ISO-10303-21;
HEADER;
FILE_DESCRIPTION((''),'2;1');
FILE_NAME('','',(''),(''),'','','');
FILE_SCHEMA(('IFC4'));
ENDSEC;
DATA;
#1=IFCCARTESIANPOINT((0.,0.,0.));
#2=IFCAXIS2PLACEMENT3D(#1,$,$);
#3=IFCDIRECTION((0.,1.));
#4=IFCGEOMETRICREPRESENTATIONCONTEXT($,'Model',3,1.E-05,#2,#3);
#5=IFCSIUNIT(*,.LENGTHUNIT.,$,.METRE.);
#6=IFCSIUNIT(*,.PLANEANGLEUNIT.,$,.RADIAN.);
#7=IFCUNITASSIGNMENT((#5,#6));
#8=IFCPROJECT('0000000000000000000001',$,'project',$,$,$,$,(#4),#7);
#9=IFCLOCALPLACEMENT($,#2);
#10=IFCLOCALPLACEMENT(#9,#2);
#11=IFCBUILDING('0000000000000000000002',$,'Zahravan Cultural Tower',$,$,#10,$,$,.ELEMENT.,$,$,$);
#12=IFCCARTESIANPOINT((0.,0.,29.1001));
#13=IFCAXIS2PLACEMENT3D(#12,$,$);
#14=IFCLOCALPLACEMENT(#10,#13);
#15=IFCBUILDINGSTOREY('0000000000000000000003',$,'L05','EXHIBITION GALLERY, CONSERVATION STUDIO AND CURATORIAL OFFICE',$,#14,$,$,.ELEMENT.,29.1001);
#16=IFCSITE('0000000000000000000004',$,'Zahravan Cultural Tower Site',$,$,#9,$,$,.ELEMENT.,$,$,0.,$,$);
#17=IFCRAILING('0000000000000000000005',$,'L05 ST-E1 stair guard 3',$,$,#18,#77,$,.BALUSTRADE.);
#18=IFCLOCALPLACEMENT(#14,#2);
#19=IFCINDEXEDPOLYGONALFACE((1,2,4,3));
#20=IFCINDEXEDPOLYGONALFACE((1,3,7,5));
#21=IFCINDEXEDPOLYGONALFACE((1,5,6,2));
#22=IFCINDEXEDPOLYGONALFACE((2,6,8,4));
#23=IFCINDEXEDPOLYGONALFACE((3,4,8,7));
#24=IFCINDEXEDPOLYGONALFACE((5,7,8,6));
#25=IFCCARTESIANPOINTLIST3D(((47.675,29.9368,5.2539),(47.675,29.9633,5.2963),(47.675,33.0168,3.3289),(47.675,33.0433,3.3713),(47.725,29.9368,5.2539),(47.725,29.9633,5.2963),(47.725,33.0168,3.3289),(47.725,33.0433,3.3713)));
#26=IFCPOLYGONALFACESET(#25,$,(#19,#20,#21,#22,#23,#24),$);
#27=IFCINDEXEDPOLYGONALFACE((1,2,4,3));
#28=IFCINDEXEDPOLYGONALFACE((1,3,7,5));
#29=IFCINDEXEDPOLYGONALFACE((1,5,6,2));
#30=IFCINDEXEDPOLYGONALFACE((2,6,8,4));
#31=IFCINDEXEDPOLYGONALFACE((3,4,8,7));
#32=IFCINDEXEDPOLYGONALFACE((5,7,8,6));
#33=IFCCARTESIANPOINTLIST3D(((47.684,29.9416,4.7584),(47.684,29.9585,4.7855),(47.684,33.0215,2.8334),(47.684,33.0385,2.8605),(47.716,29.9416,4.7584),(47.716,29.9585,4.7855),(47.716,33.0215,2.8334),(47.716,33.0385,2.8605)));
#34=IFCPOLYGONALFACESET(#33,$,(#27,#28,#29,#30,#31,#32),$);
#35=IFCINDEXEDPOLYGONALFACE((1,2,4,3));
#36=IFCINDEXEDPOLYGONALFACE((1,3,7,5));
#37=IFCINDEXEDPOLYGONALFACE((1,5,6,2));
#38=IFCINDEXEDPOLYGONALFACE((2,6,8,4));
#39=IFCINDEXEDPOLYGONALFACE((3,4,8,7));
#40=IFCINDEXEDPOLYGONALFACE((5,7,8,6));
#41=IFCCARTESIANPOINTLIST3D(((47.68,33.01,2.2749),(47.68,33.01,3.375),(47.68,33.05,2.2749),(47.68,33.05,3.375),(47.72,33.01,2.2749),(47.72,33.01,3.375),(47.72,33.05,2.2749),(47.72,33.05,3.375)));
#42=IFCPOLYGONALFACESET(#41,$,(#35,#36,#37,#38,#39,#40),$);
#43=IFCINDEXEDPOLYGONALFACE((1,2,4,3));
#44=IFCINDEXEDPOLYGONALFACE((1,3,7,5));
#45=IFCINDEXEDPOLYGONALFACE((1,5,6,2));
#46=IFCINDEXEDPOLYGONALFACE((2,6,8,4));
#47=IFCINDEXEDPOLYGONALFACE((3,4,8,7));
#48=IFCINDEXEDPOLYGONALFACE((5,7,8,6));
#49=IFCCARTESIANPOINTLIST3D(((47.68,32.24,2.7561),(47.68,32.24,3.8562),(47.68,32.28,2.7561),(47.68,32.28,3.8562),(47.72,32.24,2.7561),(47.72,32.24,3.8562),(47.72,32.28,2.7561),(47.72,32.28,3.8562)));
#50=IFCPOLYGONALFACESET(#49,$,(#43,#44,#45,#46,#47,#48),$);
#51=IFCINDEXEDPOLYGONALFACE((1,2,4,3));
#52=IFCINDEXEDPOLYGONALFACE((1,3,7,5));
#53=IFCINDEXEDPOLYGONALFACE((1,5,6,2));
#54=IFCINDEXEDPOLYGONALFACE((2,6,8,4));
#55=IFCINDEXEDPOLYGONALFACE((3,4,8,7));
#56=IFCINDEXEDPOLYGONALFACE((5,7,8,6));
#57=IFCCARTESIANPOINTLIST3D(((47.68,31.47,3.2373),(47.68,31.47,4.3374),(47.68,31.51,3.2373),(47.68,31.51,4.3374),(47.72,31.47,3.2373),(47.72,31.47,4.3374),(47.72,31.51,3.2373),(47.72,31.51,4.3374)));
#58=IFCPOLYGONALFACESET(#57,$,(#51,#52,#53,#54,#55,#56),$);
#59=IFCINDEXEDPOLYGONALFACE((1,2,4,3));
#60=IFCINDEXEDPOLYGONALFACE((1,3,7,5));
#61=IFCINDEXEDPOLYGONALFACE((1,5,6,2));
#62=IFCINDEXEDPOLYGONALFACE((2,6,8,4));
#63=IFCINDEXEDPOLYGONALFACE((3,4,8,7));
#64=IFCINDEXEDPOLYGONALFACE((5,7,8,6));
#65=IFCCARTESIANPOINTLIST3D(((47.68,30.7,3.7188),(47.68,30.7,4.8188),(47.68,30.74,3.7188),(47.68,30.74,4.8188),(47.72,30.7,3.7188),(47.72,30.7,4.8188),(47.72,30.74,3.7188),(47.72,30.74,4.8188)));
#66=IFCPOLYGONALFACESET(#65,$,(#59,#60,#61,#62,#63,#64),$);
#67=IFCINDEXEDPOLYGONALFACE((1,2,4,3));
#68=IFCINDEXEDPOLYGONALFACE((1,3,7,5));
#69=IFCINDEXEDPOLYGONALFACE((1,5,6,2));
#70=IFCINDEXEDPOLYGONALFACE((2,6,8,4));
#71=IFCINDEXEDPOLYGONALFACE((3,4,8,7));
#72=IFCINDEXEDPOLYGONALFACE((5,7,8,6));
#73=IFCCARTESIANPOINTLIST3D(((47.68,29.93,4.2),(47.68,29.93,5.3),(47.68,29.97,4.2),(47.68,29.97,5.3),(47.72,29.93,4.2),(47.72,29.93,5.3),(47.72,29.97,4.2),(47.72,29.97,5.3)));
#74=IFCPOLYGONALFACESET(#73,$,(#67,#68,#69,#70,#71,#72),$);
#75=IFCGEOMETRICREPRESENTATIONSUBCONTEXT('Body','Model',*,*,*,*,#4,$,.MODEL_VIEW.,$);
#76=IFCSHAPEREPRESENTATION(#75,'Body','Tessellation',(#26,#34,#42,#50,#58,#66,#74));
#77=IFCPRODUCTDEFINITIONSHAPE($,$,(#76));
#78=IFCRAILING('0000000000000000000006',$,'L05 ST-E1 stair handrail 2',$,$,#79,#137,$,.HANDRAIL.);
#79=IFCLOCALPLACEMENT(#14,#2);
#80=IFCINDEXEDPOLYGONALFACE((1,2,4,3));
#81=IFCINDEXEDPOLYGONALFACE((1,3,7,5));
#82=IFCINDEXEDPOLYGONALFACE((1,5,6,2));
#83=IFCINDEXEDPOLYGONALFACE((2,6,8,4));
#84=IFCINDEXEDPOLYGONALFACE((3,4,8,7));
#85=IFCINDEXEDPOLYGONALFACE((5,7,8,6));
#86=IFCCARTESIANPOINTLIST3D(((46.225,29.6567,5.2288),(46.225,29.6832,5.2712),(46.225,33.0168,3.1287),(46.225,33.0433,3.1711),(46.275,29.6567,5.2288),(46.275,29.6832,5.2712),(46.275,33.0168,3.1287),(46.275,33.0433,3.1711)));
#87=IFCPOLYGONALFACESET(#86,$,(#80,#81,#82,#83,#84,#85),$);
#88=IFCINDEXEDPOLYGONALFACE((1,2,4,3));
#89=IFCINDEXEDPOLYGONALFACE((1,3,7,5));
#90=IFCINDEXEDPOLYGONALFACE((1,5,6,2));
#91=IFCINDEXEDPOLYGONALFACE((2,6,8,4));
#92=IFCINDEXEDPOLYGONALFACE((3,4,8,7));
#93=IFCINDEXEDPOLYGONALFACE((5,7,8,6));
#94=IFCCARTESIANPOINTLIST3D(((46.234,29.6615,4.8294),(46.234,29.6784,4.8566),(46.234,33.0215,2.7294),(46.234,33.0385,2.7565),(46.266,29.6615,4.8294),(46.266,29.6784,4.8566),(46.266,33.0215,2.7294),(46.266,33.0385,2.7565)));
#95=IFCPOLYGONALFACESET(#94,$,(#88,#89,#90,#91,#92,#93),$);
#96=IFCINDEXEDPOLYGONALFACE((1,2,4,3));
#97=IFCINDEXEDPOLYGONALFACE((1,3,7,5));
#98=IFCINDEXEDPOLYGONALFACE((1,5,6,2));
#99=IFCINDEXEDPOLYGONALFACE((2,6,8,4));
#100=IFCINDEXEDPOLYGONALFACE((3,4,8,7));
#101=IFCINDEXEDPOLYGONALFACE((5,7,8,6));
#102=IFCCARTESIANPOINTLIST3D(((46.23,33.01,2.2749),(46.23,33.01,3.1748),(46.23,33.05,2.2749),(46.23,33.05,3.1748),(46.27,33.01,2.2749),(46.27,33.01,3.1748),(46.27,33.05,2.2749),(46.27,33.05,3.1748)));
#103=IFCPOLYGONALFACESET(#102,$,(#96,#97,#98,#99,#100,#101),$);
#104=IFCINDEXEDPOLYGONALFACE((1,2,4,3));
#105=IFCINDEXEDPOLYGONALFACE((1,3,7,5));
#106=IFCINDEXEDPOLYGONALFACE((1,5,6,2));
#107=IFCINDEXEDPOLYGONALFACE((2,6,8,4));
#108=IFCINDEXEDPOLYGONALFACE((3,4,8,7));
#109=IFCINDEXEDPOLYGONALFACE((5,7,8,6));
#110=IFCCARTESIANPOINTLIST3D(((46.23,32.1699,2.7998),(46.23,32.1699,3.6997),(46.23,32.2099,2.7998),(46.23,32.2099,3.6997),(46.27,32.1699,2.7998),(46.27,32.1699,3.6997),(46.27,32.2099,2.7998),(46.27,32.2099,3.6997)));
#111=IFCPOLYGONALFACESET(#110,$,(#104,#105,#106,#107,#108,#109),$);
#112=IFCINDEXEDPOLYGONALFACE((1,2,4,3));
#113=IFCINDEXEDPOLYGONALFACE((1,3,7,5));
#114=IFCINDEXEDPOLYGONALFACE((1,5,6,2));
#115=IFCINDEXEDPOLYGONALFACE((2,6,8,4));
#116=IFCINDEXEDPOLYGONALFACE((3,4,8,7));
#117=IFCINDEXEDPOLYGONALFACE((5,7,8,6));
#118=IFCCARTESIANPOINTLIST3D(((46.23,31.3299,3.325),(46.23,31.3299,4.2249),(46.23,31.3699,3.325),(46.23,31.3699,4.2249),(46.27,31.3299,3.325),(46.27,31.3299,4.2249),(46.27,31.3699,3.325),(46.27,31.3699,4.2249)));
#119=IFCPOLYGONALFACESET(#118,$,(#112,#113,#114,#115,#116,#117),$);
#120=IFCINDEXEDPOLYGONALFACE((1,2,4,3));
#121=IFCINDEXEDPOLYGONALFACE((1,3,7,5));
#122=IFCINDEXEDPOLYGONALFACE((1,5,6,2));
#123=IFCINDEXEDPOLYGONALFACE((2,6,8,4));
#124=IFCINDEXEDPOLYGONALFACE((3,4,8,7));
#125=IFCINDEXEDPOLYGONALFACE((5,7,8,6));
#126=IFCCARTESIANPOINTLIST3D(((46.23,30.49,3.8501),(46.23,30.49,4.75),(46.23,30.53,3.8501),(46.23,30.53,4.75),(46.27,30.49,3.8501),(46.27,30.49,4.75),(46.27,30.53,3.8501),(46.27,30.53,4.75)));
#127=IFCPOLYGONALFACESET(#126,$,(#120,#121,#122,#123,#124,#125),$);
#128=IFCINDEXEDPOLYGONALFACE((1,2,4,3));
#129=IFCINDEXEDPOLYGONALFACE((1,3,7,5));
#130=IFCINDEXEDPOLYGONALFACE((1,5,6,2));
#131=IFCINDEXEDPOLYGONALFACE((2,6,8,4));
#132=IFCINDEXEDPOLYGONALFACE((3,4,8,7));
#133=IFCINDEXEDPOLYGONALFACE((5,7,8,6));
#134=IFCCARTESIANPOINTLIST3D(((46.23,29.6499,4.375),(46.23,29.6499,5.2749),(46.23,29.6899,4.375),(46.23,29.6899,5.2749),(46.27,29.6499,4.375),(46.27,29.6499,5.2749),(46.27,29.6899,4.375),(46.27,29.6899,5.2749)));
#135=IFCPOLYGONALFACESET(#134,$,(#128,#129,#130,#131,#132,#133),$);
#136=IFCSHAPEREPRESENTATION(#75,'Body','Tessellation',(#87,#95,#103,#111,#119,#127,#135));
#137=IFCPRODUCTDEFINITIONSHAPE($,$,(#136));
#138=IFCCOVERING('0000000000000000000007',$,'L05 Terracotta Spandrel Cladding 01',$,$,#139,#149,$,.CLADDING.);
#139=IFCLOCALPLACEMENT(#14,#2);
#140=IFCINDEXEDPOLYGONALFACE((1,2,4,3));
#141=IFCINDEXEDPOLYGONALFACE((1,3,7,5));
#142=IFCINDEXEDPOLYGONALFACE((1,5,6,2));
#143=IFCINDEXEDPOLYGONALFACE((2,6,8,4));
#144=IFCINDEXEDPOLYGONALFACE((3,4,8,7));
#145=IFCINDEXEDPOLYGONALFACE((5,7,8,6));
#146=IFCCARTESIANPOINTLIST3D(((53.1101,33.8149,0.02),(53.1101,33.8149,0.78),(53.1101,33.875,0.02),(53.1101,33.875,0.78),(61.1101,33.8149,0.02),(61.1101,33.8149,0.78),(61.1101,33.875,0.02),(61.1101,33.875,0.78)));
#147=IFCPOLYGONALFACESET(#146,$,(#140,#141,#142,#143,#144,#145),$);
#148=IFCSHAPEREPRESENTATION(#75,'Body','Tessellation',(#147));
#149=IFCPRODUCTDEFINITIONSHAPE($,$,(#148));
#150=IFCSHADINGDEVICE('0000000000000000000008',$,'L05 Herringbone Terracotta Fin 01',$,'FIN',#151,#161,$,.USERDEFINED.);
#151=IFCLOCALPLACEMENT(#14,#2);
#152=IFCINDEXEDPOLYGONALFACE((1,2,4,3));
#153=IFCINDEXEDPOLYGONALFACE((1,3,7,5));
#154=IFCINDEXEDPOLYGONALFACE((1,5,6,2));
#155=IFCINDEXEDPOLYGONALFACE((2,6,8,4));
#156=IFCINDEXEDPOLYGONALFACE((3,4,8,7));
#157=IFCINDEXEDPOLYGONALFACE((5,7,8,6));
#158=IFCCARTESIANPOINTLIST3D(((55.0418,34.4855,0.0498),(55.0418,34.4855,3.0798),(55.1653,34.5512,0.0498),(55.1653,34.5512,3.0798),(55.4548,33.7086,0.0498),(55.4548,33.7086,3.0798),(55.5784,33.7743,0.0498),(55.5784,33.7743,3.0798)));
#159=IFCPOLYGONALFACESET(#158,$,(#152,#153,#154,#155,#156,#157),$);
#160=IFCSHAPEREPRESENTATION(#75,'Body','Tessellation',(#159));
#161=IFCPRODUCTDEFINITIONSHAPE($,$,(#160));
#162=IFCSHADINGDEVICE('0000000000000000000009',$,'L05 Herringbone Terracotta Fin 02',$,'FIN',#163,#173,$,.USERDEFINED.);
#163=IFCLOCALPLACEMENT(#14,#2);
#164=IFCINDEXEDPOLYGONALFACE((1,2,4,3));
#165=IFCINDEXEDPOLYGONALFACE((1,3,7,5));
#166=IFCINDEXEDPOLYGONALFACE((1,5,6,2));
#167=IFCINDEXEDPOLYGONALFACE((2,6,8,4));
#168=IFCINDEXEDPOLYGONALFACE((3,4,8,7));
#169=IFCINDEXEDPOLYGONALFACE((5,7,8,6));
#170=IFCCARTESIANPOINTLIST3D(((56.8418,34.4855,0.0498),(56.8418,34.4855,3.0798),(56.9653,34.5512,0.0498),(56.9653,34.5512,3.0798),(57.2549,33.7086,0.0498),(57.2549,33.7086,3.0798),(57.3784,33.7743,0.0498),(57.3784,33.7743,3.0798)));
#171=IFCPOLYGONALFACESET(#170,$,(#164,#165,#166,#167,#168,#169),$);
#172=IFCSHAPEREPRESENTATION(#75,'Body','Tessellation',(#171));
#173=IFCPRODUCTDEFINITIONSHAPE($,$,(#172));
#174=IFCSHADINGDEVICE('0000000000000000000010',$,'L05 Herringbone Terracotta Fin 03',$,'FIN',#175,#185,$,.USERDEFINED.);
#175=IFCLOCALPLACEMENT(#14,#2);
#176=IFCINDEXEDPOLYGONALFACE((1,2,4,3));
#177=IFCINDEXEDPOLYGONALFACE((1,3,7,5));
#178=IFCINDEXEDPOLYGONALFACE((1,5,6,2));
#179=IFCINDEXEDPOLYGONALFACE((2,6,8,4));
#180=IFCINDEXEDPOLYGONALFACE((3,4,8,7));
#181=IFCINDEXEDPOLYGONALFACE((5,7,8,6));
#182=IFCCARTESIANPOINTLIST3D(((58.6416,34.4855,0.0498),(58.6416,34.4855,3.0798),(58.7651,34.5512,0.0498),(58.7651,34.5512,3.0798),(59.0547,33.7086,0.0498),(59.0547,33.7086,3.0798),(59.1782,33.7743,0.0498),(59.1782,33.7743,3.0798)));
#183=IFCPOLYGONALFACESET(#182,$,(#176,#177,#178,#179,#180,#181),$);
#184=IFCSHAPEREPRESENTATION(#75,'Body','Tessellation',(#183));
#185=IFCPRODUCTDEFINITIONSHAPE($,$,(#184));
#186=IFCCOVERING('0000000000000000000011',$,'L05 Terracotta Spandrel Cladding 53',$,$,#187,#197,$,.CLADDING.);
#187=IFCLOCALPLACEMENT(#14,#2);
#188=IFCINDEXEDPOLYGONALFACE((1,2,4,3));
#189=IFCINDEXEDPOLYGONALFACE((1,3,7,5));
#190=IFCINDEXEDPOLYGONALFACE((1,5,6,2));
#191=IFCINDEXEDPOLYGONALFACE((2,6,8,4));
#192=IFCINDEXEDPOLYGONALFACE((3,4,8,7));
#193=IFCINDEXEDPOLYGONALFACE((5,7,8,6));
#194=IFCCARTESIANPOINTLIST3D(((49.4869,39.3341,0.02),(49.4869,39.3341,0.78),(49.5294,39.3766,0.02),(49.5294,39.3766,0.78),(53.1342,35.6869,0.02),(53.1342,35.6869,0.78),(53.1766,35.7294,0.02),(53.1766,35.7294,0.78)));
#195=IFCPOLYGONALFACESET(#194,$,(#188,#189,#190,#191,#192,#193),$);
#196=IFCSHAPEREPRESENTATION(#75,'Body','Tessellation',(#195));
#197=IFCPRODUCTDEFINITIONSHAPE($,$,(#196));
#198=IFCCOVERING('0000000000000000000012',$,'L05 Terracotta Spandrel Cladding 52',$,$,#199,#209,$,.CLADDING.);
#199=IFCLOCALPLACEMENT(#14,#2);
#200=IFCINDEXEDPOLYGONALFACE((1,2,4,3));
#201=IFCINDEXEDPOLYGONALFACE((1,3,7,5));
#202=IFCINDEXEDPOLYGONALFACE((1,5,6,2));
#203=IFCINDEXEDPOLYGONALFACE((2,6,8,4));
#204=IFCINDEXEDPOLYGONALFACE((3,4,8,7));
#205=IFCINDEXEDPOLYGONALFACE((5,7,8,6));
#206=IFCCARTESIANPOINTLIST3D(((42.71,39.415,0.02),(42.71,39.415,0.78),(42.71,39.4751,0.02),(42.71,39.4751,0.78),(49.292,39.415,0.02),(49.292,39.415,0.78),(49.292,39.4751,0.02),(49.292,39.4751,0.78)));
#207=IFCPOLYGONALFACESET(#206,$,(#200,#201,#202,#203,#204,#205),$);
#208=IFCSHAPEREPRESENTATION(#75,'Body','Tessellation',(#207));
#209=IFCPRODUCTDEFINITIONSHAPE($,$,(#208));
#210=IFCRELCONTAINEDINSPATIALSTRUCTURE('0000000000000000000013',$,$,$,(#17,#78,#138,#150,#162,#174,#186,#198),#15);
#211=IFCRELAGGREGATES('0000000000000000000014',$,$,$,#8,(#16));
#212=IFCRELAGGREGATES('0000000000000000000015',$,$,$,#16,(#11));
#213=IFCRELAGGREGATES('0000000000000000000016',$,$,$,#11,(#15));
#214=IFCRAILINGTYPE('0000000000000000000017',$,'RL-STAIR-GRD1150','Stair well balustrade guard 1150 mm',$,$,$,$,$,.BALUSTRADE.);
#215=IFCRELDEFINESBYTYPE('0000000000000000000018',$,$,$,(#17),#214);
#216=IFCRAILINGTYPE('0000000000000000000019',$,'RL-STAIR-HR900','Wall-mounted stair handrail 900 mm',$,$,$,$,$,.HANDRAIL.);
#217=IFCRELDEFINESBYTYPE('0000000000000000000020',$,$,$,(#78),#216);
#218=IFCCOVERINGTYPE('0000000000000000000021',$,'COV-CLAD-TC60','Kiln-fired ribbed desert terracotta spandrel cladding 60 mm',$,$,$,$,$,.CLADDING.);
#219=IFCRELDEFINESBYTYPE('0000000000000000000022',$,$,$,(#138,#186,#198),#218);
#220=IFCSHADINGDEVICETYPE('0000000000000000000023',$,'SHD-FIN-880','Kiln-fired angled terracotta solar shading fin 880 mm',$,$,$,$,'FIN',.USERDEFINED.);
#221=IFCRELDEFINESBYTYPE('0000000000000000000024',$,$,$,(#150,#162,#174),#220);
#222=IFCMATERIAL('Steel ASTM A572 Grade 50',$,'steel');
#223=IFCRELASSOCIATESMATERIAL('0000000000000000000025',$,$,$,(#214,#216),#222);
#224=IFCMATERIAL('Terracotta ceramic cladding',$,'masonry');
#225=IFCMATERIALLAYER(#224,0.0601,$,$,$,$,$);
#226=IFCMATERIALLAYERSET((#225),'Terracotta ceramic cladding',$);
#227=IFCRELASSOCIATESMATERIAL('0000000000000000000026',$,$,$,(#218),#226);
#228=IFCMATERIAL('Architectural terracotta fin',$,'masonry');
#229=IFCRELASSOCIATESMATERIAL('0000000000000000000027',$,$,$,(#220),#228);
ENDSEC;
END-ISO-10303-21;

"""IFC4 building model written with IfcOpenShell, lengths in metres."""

from ifc_helpers import new_model, si_unit, direction, frame, origin, origin_2d, place, context, subcontext, project, spatial, rectangle, extrude, source, transform, mapped, material, layer, layer_set, type_object, element, save


model = new_model("IFC4")

# Units and contexts
model_context = context("Model", 3, precision=1e-05, world=origin(), true_north=direction((0.0, 1.0)))
body_context = subcontext(model_context, "Body", "Model", "MODEL_VIEW")
ifc_project = project(units=[si_unit("LENGTHUNIT", "METRE"), si_unit("PLANEANGLEUNIT", "RADIAN")], contexts=[model_context])

# Site, building, storey
site_placement = place(None, origin())
site = spatial("IfcSite", under=ifc_project, at=site_placement, Name="Zahravan Cultural Tower Site", CompositionType="ELEMENT", RefElevation=0.0)
building_placement = place(site_placement, origin())
building = spatial("IfcBuilding", under=site, at=building_placement, Name="Zahravan Cultural Tower", CompositionType="ELEMENT")
storey_placement = place(building_placement, frame((0.0, 0.0, 29.1001)))
storey = spatial("IfcBuildingStorey", under=building, at=storey_placement, Name="L05", Description="EXHIBITION GALLERY, CONSERVATION STUDIO AND CURATORIAL OFFICE", CompositionType="ELEMENT", Elevation=29.1001)

# Shared definitions
ifc_material_1 = material(Name="Steel ASTM A572 Grade 50", Category="steel")

# Railings
railing_type_1 = type_object("IfcRailingType", Name="RL-STAIR-GRD1150", Description="Stair well balustrade guard 1150 mm", PredefinedType="BALUSTRADE", material=ifc_material_1)
railing_1_placement = place(storey_placement, frame((47.7, 33.03, 2.2749)))
element("IfcRailing", 1, at=railing_1_placement, inside=storey, type_object=railing_type_1, Name="L05 ST-E1 stair guard 3", PredefinedType="BALUSTRADE", context=body_context, shape_type="SweptSolid", body=[
    extrude(rectangle(XDim=0.05, YDim=0.05, at=origin_2d()), frame((0.0, 0.0, 1.0752), z_axis=(0.0, -0.847998, 0.529999), x_axis=(1.0, 0.0, 0.0)), (0.0, 0.0, 1.0), 3.6321),
    extrude(rectangle(XDim=0.032, YDim=0.032, at=origin_2d()), frame((0.0, 0.0, 0.572), z_axis=(0.0, -0.847998, 0.529999), x_axis=(1.0, 0.0, 0.0)), (0.0, 0.0, 1.0), 3.6321),
    extrude(rectangle(XDim=0.04, YDim=0.04, at=origin_2d()), origin(), (0.0, 0.0, 1.0), 1.1001),
    extrude(rectangle(XDim=0.04, YDim=0.04, at=origin_2d()), frame((0.0, -0.77, 0.4812)), (0.0, 0.0, 1.0), 1.1001),
    extrude(rectangle(XDim=0.04, YDim=0.04, at=origin_2d()), frame((0.0, -1.54, 0.9624)), (0.0, 0.0, 1.0), 1.1001),
    extrude(rectangle(XDim=0.04, YDim=0.04, at=origin_2d()), frame((0.0, -2.3101, 1.4438)), (0.0, 0.0, 1.0), 1.1001),
    extrude(rectangle(XDim=0.04, YDim=0.04, at=origin_2d()), frame((0.0, -3.0801, 1.925)), (0.0, 0.0, 1.0), 1.1001),
])
railing_type_2 = type_object("IfcRailingType", Name="RL-STAIR-HR900", Description="Wall-mounted stair handrail 900 mm", PredefinedType="HANDRAIL", material=ifc_material_1)
railing_2_placement = place(storey_placement, frame((46.25, 33.03, 2.2749)))
element("IfcRailing", 2, at=railing_2_placement, inside=storey, type_object=railing_type_2, Name="L05 ST-E1 stair handrail 2", PredefinedType="HANDRAIL", context=body_context, shape_type="SweptSolid", body=[
    extrude(rectangle(XDim=0.05, YDim=0.05, at=origin_2d()), frame((0.0, 0.0, 0.875), z_axis=(0.0, -0.847995, 0.530004), x_axis=(1.0, 0.0, 0.0)), (0.0, 0.0, 1.0), 3.9624),
    extrude(rectangle(XDim=0.032, YDim=0.032, at=origin_2d()), frame((0.0, 0.0, 0.468), z_axis=(0.0, -0.847995, 0.530004), x_axis=(1.0, 0.0, 0.0)), (0.0, 0.0, 1.0), 3.9624),
    extrude(rectangle(XDim=0.04, YDim=0.04, at=origin_2d()), origin(), (0.0, 0.0, 1.0), 0.8999),
    extrude(rectangle(XDim=0.04, YDim=0.04, at=origin_2d()), frame((0.0, -0.8401, 0.5249)), (0.0, 0.0, 1.0), 0.8999),
    extrude(rectangle(XDim=0.04, YDim=0.04, at=origin_2d()), frame((0.0, -1.6802, 1.05)), (0.0, 0.0, 1.0), 0.8999),
    extrude(rectangle(XDim=0.04, YDim=0.04, at=origin_2d()), frame((0.0, -2.52, 1.5752)), (0.0, 0.0, 1.0), 0.8999),
    extrude(rectangle(XDim=0.04, YDim=0.04, at=origin_2d()), frame((0.0, -3.3601, 2.1001)), (0.0, 0.0, 1.0), 0.8999),
])

# Covering
ifc_material_2 = material(Name="Terracotta ceramic cladding", Category="masonry")
ifc_layer_1 = layer(ifc_material_2, 0.0601)
ifc_layer_set_1 = layer_set([ifc_layer_1], Name="Terracotta ceramic cladding")
covering_type = type_object("IfcCoveringType", Name="COV-CLAD-TC60", Description="Kiln-fired ribbed desert terracotta spandrel cladding 60 mm", PredefinedType="CLADDING", material=ifc_layer_set_1)
shared_shape_1 = source(origin(), body_context, "Body", "SweptSolid", [
    extrude(rectangle(XDim=8.0, YDim=0.0601, at=origin_2d()), origin(), (0.0, 0.0, 1.0), 0.76),
])
covering_1_placement = place(storey_placement, frame((57.1101, 33.845, 0.02), z_axis=(0.0, 0.0, 1.0), x_axis=(1.0, 0.0, 0.0)))
element("IfcCovering", 3, at=covering_1_placement, inside=storey, type_object=covering_type, Name="L05 Terracotta Spandrel Cladding 01", PredefinedType="CLADDING", context=body_context, shape_type="MappedRepresentation", body=[
    mapped(shared_shape_1, transform((0.0, 0.0, 0.0), x_axis=(1.0, 0.0, 0.0), y_axis=(0.0, 1.0, 0.0), z_axis=(0.0, 0.0, 1.0), scale=1.0)),
])

# Shading devices
ifc_material_3 = material(Name="Architectural terracotta fin", Category="masonry")
shading_device_type = type_object("IfcShadingDeviceType", Name="SHD-FIN-880", Description="Kiln-fired angled terracotta solar shading fin 880 mm", ElementType="FIN", PredefinedType="USERDEFINED", material=ifc_material_3)
shared_shape_2 = source(origin(), body_context, "Body", "SweptSolid", [
    extrude(rectangle(XDim=0.8799, YDim=0.1399, at=origin_2d()), origin(), (0.0, 0.0, 1.0), 3.03),
])
for number, where, z_axis, x_axis, name in (
    (4, (55.3101, 34.1299, 0.0498), (0.0, 0.0, 1.0), (-0.469472, 0.882948, 0.0), "L05 Herringbone Terracotta Fin 01"),
    (5, (57.1101, 34.1299, 0.0498), (0.0, 0.0, 1.0), (-0.469472, 0.882948, 0.0), "L05 Herringbone Terracotta Fin 02"),
    (6, (58.9099, 34.1299, 0.0498), (0.0, 0.0, 1.0), (-0.469472, 0.882948, 0.0), "L05 Herringbone Terracotta Fin 03"),
):
    element("IfcShadingDevice", number, at=place(storey_placement, frame(where, z_axis=z_axis, x_axis=x_axis)), inside=storey, type_object=shading_device_type, Name=name, ObjectType="FIN", PredefinedType="USERDEFINED", context=body_context, shape_type="MappedRepresentation", body=[
        mapped(shared_shape_2, transform((0.0, 0.0, 0.0), x_axis=(1.0, 0.0, 0.0), y_axis=(0.0, 1.0, 0.0), z_axis=(0.0, 0.0, 1.0), scale=1.0)),
    ])

# Coverings
shared_shape_3 = source(origin(), body_context, "Body", "SweptSolid", [
    extrude(rectangle(XDim=5.158, YDim=0.0601, at=origin_2d()), origin(), (0.0, 0.0, 1.0), 0.76),
])
covering_2_placement = place(storey_placement, frame((51.3318, 37.5317, 0.02), z_axis=(0.0, 0.0, 1.0), x_axis=(0.707107, -0.707107, 0.0)))
element("IfcCovering", 7, at=covering_2_placement, inside=storey, type_object=covering_type, Name="L05 Terracotta Spandrel Cladding 53", PredefinedType="CLADDING", context=body_context, shape_type="MappedRepresentation", body=[
    mapped(shared_shape_3, transform((0.0, 0.0, 0.0), x_axis=(1.0, 0.0, 0.0), y_axis=(0.0, 1.0, 0.0), z_axis=(0.0, 0.0, 1.0), scale=1.0)),
])
shared_shape_4 = source(origin(), body_context, "Body", "SweptSolid", [
    extrude(rectangle(XDim=6.582, YDim=0.0601, at=origin_2d()), origin(), (0.0, 0.0, 1.0), 0.76),
])
covering_3_placement = place(storey_placement, frame((46.001, 39.4451, 0.02), z_axis=(0.0, 0.0, 1.0), x_axis=(1.0, 0.0, 0.0)))
element("IfcCovering", 8, at=covering_3_placement, inside=storey, type_object=covering_type, Name="L05 Terracotta Spandrel Cladding 52", PredefinedType="CLADDING", context=body_context, shape_type="MappedRepresentation", body=[
    mapped(shared_shape_4, transform((0.0, 0.0, 0.0), x_axis=(1.0, 0.0, 0.0), y_axis=(0.0, 1.0, 0.0), z_axis=(0.0, 0.0, 1.0), scale=1.0)),
])

save(model, "model.ifc")
